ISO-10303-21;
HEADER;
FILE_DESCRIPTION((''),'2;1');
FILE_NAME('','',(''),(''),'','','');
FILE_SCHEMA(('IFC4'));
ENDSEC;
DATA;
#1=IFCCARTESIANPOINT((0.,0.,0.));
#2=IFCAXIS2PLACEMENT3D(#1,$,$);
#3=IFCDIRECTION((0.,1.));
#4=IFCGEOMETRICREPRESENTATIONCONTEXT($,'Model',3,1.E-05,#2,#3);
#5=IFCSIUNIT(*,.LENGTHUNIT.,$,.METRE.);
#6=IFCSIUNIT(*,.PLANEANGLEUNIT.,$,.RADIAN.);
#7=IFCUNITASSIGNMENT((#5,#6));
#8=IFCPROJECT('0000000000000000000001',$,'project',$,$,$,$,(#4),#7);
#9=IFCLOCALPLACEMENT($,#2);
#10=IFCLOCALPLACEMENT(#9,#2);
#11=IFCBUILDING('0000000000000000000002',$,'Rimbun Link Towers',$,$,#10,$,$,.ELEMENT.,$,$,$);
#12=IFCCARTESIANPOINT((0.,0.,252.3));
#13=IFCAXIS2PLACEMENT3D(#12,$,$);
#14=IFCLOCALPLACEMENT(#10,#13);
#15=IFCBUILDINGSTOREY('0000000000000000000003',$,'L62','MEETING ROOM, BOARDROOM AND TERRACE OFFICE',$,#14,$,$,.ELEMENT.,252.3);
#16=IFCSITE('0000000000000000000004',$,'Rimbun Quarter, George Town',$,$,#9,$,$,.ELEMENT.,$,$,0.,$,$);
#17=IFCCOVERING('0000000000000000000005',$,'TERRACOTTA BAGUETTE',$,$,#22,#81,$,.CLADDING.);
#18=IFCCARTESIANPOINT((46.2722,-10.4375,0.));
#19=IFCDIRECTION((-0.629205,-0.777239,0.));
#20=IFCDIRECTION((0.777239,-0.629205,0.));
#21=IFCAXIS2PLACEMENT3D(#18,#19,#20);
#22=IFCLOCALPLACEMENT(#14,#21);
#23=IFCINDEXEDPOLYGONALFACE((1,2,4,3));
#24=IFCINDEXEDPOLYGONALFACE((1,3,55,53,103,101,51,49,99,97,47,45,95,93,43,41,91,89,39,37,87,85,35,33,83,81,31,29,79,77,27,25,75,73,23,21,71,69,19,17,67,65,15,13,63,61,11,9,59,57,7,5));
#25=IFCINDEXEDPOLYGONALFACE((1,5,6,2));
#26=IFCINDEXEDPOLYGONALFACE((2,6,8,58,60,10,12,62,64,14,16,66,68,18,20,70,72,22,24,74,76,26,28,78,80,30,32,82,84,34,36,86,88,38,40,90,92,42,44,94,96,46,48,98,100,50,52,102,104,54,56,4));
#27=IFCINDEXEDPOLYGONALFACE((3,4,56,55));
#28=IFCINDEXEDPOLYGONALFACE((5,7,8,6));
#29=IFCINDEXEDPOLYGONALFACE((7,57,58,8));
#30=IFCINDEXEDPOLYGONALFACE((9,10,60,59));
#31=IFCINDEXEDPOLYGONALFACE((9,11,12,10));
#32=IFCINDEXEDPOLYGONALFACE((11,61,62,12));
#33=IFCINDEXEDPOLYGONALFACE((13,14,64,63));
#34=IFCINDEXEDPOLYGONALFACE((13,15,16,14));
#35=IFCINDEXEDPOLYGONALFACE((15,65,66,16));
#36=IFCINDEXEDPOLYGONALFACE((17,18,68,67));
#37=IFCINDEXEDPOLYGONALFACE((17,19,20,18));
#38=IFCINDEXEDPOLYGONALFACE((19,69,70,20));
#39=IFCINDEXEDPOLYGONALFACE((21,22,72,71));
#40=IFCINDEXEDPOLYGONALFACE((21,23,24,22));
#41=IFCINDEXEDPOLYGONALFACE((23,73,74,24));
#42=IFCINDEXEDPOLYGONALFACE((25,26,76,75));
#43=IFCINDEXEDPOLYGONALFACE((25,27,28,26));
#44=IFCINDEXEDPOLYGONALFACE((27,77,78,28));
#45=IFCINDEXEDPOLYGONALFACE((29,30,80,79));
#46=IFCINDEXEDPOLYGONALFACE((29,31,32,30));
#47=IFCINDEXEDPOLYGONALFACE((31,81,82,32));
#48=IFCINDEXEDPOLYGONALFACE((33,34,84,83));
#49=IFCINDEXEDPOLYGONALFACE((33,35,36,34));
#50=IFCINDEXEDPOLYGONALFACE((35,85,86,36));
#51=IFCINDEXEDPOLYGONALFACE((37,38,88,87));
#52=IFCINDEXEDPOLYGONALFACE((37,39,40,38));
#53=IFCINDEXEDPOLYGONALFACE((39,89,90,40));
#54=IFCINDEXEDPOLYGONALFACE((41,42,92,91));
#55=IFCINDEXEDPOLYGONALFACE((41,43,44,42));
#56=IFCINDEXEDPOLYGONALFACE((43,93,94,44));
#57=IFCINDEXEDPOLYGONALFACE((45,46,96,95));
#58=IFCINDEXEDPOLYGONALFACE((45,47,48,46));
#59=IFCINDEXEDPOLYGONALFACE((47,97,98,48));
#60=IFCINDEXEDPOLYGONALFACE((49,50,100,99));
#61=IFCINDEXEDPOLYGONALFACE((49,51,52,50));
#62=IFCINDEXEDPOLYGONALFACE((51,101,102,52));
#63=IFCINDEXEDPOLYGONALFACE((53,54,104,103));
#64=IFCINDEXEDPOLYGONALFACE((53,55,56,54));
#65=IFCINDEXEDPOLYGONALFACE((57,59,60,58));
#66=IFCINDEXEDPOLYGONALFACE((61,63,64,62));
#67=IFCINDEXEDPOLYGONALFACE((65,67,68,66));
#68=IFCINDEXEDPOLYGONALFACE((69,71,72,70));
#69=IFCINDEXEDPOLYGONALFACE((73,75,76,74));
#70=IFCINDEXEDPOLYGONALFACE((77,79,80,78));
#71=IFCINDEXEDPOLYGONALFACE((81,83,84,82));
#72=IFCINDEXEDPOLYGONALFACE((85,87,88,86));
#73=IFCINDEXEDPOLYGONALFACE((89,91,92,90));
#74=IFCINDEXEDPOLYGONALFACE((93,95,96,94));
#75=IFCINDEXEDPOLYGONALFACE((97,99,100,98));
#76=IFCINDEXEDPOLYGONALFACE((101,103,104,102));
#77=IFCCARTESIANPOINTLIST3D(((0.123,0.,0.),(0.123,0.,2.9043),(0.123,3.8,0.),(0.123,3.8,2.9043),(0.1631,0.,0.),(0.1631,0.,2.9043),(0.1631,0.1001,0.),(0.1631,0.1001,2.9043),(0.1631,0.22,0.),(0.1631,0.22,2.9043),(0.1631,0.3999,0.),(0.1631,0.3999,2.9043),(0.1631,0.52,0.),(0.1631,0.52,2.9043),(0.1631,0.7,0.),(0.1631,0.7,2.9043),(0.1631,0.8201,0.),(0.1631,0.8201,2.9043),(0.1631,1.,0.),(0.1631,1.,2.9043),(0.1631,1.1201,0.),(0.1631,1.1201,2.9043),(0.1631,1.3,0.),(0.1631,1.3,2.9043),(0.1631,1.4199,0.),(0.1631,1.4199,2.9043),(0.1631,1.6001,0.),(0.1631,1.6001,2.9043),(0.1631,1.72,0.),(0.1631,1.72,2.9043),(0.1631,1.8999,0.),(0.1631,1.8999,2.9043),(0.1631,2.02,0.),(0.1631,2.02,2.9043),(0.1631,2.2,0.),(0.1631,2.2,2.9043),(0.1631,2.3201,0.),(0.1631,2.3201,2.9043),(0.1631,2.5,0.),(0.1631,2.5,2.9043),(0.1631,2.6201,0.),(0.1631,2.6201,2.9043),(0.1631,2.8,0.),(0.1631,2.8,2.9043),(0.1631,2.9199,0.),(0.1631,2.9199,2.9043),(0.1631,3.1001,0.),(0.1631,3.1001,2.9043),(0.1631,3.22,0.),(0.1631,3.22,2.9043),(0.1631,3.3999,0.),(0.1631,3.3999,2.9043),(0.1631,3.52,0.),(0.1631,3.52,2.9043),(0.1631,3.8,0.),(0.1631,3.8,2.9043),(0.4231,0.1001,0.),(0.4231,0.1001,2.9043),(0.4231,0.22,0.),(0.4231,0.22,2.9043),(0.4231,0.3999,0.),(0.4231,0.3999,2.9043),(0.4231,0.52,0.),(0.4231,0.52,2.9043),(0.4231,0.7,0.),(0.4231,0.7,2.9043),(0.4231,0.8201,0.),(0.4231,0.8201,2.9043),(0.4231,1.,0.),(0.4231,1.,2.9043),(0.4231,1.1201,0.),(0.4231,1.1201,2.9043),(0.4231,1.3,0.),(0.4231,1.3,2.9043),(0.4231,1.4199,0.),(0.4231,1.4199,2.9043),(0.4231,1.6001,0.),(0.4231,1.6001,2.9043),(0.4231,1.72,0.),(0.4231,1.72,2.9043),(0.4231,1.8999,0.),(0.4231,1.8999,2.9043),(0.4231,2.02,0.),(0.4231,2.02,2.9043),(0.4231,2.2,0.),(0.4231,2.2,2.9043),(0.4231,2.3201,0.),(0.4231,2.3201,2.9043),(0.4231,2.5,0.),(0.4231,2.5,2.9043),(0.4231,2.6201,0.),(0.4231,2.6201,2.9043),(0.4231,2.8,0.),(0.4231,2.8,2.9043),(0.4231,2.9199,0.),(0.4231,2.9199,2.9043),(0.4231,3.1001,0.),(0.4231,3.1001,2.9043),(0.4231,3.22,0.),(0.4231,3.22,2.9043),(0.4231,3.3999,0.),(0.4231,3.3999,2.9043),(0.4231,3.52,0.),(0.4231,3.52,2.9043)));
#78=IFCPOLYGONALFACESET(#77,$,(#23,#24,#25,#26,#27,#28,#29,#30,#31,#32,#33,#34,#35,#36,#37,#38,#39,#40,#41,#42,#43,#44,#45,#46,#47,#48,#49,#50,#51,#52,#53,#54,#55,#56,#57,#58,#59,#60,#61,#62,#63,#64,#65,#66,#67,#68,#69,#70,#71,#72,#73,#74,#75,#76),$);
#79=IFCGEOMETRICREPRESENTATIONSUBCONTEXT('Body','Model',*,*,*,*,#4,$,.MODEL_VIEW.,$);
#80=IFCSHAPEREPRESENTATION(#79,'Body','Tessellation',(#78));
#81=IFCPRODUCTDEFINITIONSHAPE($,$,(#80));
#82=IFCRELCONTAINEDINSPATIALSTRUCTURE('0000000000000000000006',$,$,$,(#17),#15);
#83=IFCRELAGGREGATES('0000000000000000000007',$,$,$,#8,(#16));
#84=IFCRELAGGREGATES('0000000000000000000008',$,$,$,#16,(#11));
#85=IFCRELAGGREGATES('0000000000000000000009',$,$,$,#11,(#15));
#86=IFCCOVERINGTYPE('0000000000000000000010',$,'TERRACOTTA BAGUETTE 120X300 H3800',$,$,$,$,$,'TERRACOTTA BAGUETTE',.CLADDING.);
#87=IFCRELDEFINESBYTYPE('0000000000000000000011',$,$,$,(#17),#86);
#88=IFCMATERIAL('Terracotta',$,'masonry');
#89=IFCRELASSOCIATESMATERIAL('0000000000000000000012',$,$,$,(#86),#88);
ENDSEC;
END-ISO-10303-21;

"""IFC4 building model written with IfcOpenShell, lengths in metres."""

from ifc_helpers import new_model, si_unit, direction, frame, origin, place, context, subcontext, project, spatial, polyline, outline, extrude, material, material_profile, profile_set, type_object, element, save


model = new_model("IFC4")

# Units and contexts
model_context = context("Model", 3, precision=1e-05, world=origin(), true_north=direction((0.0, 1.0)))
body_context = subcontext(model_context, "Body", "Model", "MODEL_VIEW")
ifc_project = project(units=[si_unit("LENGTHUNIT", "METRE"), si_unit("PLANEANGLEUNIT", "RADIAN")], contexts=[model_context])

# Site, building, storey
site_placement = place(None, origin())
site = spatial("IfcSite", under=ifc_project, at=site_placement, Name="Rimbun Quarter, George Town", CompositionType="ELEMENT", RefElevation=0.0)
building_placement = place(site_placement, origin())
building = spatial("IfcBuilding", under=site, at=building_placement, Name="Rimbun Link Towers", CompositionType="ELEMENT")
storey_placement = place(building_placement, frame((0.0, 0.0, 252.3)))
storey = spatial("IfcBuildingStorey", under=building, at=storey_placement, Name="L62", Description="MEETING ROOM, BOARDROOM AND TERRACE OFFICE", CompositionType="ELEMENT", Elevation=252.3)

# Covering
ifc_material_1 = material(Name="Terracotta", Category="masonry")
ifc_material_profile_1 = material_profile(ifc_material_1, outline(polyline([(0.123, 0.0), (0.1631, 0.0), (0.1631, 0.1001), (0.4231, 0.1001), (0.4231, 0.22), (0.1631, 0.22), (0.1631, 0.3999), (0.4231, 0.3999), (0.4231, 0.52), (0.1631, 0.52), (0.1631, 0.7), (0.4231, 0.7), (0.4231, 0.8201), (0.1631, 0.8201), (0.1631, 1.0), (0.4231, 1.0), (0.4231, 1.1201), (0.1631, 1.1201), (0.1631, 1.3), (0.4231, 1.3), (0.4231, 1.4199), (0.1631, 1.4199), (0.1631, 1.6001), (0.4231, 1.6001), (0.4231, 1.72), (0.1631, 1.72), (0.1631, 1.8999), (0.4231, 1.8999), (0.4231, 2.02), (0.1631, 2.02), (0.1631, 2.2), (0.4231, 2.2), (0.4231, 2.3201), (0.1631, 2.3201), (0.1631, 2.5), (0.4231, 2.5), (0.4231, 2.6201), (0.1631, 2.6201), (0.1631, 2.8), (0.4231, 2.8), (0.4231, 2.9199), (0.1631, 2.9199), (0.1631, 3.1001), (0.4231, 3.1001), (0.4231, 3.22), (0.1631, 3.22), (0.1631, 3.3999), (0.4231, 3.3999), (0.4231, 3.52), (0.1631, 3.52), (0.1631, 3.8), (0.123, 3.8), (0.123, 0.0)])), Name="BAGUETTE 120X300")
ifc_profile_set_1 = profile_set([ifc_material_profile_1], Name="Terracotta")
covering_type = type_object("IfcCoveringType", Name="TERRACOTTA BAGUETTE 120X300 H3800", ElementType="TERRACOTTA BAGUETTE", PredefinedType="CLADDING", material=ifc_profile_set_1)
for number, where, z_axis, x_axis, name in (
    (1, (46.2722, -10.4375, 0.0), (-0.629205, -0.777239, 0.0), (0.777239, -0.629205, 0.0), "TERRACOTTA BAGUETTE"),
):
    element("IfcCovering", number, at=place(storey_placement, frame(where, z_axis=z_axis, x_axis=x_axis)), inside=storey, type_object=covering_type, Name=name, PredefinedType="CLADDING", context=body_context, shape_type="SweptSolid", body=[
        extrude(outline(polyline([(0.123, 0.0), (0.1631, 0.0), (0.1631, 0.1001), (0.4231, 0.1001), (0.4231, 0.22), (0.1631, 0.22), (0.1631, 0.3999), (0.4231, 0.3999), (0.4231, 0.52), (0.1631, 0.52), (0.1631, 0.7), (0.4231, 0.7), (0.4231, 0.8201), (0.1631, 0.8201), (0.1631, 1.0), (0.4231, 1.0), (0.4231, 1.1201), (0.1631, 1.1201), (0.1631, 1.3), (0.4231, 1.3), (0.4231, 1.4199), (0.1631, 1.4199), (0.1631, 1.6001), (0.4231, 1.6001), (0.4231, 1.72), (0.1631, 1.72), (0.1631, 1.8999), (0.4231, 1.8999), (0.4231, 2.02), (0.1631, 2.02), (0.1631, 2.2), (0.4231, 2.2), (0.4231, 2.3201), (0.1631, 2.3201), (0.1631, 2.5), (0.4231, 2.5), (0.4231, 2.6201), (0.1631, 2.6201), (0.1631, 2.8), (0.4231, 2.8), (0.4231, 2.9199), (0.1631, 2.9199), (0.1631, 3.1001), (0.4231, 3.1001), (0.4231, 3.22), (0.1631, 3.22), (0.1631, 3.3999), (0.4231, 3.3999), (0.4231, 3.52), (0.1631, 3.52), (0.1631, 3.8), (0.123, 3.8), (0.123, 0.0)])), origin(), (0.0, 0.0, 1.0), 2.9043),
    ])

save(model, "model.ifc")
